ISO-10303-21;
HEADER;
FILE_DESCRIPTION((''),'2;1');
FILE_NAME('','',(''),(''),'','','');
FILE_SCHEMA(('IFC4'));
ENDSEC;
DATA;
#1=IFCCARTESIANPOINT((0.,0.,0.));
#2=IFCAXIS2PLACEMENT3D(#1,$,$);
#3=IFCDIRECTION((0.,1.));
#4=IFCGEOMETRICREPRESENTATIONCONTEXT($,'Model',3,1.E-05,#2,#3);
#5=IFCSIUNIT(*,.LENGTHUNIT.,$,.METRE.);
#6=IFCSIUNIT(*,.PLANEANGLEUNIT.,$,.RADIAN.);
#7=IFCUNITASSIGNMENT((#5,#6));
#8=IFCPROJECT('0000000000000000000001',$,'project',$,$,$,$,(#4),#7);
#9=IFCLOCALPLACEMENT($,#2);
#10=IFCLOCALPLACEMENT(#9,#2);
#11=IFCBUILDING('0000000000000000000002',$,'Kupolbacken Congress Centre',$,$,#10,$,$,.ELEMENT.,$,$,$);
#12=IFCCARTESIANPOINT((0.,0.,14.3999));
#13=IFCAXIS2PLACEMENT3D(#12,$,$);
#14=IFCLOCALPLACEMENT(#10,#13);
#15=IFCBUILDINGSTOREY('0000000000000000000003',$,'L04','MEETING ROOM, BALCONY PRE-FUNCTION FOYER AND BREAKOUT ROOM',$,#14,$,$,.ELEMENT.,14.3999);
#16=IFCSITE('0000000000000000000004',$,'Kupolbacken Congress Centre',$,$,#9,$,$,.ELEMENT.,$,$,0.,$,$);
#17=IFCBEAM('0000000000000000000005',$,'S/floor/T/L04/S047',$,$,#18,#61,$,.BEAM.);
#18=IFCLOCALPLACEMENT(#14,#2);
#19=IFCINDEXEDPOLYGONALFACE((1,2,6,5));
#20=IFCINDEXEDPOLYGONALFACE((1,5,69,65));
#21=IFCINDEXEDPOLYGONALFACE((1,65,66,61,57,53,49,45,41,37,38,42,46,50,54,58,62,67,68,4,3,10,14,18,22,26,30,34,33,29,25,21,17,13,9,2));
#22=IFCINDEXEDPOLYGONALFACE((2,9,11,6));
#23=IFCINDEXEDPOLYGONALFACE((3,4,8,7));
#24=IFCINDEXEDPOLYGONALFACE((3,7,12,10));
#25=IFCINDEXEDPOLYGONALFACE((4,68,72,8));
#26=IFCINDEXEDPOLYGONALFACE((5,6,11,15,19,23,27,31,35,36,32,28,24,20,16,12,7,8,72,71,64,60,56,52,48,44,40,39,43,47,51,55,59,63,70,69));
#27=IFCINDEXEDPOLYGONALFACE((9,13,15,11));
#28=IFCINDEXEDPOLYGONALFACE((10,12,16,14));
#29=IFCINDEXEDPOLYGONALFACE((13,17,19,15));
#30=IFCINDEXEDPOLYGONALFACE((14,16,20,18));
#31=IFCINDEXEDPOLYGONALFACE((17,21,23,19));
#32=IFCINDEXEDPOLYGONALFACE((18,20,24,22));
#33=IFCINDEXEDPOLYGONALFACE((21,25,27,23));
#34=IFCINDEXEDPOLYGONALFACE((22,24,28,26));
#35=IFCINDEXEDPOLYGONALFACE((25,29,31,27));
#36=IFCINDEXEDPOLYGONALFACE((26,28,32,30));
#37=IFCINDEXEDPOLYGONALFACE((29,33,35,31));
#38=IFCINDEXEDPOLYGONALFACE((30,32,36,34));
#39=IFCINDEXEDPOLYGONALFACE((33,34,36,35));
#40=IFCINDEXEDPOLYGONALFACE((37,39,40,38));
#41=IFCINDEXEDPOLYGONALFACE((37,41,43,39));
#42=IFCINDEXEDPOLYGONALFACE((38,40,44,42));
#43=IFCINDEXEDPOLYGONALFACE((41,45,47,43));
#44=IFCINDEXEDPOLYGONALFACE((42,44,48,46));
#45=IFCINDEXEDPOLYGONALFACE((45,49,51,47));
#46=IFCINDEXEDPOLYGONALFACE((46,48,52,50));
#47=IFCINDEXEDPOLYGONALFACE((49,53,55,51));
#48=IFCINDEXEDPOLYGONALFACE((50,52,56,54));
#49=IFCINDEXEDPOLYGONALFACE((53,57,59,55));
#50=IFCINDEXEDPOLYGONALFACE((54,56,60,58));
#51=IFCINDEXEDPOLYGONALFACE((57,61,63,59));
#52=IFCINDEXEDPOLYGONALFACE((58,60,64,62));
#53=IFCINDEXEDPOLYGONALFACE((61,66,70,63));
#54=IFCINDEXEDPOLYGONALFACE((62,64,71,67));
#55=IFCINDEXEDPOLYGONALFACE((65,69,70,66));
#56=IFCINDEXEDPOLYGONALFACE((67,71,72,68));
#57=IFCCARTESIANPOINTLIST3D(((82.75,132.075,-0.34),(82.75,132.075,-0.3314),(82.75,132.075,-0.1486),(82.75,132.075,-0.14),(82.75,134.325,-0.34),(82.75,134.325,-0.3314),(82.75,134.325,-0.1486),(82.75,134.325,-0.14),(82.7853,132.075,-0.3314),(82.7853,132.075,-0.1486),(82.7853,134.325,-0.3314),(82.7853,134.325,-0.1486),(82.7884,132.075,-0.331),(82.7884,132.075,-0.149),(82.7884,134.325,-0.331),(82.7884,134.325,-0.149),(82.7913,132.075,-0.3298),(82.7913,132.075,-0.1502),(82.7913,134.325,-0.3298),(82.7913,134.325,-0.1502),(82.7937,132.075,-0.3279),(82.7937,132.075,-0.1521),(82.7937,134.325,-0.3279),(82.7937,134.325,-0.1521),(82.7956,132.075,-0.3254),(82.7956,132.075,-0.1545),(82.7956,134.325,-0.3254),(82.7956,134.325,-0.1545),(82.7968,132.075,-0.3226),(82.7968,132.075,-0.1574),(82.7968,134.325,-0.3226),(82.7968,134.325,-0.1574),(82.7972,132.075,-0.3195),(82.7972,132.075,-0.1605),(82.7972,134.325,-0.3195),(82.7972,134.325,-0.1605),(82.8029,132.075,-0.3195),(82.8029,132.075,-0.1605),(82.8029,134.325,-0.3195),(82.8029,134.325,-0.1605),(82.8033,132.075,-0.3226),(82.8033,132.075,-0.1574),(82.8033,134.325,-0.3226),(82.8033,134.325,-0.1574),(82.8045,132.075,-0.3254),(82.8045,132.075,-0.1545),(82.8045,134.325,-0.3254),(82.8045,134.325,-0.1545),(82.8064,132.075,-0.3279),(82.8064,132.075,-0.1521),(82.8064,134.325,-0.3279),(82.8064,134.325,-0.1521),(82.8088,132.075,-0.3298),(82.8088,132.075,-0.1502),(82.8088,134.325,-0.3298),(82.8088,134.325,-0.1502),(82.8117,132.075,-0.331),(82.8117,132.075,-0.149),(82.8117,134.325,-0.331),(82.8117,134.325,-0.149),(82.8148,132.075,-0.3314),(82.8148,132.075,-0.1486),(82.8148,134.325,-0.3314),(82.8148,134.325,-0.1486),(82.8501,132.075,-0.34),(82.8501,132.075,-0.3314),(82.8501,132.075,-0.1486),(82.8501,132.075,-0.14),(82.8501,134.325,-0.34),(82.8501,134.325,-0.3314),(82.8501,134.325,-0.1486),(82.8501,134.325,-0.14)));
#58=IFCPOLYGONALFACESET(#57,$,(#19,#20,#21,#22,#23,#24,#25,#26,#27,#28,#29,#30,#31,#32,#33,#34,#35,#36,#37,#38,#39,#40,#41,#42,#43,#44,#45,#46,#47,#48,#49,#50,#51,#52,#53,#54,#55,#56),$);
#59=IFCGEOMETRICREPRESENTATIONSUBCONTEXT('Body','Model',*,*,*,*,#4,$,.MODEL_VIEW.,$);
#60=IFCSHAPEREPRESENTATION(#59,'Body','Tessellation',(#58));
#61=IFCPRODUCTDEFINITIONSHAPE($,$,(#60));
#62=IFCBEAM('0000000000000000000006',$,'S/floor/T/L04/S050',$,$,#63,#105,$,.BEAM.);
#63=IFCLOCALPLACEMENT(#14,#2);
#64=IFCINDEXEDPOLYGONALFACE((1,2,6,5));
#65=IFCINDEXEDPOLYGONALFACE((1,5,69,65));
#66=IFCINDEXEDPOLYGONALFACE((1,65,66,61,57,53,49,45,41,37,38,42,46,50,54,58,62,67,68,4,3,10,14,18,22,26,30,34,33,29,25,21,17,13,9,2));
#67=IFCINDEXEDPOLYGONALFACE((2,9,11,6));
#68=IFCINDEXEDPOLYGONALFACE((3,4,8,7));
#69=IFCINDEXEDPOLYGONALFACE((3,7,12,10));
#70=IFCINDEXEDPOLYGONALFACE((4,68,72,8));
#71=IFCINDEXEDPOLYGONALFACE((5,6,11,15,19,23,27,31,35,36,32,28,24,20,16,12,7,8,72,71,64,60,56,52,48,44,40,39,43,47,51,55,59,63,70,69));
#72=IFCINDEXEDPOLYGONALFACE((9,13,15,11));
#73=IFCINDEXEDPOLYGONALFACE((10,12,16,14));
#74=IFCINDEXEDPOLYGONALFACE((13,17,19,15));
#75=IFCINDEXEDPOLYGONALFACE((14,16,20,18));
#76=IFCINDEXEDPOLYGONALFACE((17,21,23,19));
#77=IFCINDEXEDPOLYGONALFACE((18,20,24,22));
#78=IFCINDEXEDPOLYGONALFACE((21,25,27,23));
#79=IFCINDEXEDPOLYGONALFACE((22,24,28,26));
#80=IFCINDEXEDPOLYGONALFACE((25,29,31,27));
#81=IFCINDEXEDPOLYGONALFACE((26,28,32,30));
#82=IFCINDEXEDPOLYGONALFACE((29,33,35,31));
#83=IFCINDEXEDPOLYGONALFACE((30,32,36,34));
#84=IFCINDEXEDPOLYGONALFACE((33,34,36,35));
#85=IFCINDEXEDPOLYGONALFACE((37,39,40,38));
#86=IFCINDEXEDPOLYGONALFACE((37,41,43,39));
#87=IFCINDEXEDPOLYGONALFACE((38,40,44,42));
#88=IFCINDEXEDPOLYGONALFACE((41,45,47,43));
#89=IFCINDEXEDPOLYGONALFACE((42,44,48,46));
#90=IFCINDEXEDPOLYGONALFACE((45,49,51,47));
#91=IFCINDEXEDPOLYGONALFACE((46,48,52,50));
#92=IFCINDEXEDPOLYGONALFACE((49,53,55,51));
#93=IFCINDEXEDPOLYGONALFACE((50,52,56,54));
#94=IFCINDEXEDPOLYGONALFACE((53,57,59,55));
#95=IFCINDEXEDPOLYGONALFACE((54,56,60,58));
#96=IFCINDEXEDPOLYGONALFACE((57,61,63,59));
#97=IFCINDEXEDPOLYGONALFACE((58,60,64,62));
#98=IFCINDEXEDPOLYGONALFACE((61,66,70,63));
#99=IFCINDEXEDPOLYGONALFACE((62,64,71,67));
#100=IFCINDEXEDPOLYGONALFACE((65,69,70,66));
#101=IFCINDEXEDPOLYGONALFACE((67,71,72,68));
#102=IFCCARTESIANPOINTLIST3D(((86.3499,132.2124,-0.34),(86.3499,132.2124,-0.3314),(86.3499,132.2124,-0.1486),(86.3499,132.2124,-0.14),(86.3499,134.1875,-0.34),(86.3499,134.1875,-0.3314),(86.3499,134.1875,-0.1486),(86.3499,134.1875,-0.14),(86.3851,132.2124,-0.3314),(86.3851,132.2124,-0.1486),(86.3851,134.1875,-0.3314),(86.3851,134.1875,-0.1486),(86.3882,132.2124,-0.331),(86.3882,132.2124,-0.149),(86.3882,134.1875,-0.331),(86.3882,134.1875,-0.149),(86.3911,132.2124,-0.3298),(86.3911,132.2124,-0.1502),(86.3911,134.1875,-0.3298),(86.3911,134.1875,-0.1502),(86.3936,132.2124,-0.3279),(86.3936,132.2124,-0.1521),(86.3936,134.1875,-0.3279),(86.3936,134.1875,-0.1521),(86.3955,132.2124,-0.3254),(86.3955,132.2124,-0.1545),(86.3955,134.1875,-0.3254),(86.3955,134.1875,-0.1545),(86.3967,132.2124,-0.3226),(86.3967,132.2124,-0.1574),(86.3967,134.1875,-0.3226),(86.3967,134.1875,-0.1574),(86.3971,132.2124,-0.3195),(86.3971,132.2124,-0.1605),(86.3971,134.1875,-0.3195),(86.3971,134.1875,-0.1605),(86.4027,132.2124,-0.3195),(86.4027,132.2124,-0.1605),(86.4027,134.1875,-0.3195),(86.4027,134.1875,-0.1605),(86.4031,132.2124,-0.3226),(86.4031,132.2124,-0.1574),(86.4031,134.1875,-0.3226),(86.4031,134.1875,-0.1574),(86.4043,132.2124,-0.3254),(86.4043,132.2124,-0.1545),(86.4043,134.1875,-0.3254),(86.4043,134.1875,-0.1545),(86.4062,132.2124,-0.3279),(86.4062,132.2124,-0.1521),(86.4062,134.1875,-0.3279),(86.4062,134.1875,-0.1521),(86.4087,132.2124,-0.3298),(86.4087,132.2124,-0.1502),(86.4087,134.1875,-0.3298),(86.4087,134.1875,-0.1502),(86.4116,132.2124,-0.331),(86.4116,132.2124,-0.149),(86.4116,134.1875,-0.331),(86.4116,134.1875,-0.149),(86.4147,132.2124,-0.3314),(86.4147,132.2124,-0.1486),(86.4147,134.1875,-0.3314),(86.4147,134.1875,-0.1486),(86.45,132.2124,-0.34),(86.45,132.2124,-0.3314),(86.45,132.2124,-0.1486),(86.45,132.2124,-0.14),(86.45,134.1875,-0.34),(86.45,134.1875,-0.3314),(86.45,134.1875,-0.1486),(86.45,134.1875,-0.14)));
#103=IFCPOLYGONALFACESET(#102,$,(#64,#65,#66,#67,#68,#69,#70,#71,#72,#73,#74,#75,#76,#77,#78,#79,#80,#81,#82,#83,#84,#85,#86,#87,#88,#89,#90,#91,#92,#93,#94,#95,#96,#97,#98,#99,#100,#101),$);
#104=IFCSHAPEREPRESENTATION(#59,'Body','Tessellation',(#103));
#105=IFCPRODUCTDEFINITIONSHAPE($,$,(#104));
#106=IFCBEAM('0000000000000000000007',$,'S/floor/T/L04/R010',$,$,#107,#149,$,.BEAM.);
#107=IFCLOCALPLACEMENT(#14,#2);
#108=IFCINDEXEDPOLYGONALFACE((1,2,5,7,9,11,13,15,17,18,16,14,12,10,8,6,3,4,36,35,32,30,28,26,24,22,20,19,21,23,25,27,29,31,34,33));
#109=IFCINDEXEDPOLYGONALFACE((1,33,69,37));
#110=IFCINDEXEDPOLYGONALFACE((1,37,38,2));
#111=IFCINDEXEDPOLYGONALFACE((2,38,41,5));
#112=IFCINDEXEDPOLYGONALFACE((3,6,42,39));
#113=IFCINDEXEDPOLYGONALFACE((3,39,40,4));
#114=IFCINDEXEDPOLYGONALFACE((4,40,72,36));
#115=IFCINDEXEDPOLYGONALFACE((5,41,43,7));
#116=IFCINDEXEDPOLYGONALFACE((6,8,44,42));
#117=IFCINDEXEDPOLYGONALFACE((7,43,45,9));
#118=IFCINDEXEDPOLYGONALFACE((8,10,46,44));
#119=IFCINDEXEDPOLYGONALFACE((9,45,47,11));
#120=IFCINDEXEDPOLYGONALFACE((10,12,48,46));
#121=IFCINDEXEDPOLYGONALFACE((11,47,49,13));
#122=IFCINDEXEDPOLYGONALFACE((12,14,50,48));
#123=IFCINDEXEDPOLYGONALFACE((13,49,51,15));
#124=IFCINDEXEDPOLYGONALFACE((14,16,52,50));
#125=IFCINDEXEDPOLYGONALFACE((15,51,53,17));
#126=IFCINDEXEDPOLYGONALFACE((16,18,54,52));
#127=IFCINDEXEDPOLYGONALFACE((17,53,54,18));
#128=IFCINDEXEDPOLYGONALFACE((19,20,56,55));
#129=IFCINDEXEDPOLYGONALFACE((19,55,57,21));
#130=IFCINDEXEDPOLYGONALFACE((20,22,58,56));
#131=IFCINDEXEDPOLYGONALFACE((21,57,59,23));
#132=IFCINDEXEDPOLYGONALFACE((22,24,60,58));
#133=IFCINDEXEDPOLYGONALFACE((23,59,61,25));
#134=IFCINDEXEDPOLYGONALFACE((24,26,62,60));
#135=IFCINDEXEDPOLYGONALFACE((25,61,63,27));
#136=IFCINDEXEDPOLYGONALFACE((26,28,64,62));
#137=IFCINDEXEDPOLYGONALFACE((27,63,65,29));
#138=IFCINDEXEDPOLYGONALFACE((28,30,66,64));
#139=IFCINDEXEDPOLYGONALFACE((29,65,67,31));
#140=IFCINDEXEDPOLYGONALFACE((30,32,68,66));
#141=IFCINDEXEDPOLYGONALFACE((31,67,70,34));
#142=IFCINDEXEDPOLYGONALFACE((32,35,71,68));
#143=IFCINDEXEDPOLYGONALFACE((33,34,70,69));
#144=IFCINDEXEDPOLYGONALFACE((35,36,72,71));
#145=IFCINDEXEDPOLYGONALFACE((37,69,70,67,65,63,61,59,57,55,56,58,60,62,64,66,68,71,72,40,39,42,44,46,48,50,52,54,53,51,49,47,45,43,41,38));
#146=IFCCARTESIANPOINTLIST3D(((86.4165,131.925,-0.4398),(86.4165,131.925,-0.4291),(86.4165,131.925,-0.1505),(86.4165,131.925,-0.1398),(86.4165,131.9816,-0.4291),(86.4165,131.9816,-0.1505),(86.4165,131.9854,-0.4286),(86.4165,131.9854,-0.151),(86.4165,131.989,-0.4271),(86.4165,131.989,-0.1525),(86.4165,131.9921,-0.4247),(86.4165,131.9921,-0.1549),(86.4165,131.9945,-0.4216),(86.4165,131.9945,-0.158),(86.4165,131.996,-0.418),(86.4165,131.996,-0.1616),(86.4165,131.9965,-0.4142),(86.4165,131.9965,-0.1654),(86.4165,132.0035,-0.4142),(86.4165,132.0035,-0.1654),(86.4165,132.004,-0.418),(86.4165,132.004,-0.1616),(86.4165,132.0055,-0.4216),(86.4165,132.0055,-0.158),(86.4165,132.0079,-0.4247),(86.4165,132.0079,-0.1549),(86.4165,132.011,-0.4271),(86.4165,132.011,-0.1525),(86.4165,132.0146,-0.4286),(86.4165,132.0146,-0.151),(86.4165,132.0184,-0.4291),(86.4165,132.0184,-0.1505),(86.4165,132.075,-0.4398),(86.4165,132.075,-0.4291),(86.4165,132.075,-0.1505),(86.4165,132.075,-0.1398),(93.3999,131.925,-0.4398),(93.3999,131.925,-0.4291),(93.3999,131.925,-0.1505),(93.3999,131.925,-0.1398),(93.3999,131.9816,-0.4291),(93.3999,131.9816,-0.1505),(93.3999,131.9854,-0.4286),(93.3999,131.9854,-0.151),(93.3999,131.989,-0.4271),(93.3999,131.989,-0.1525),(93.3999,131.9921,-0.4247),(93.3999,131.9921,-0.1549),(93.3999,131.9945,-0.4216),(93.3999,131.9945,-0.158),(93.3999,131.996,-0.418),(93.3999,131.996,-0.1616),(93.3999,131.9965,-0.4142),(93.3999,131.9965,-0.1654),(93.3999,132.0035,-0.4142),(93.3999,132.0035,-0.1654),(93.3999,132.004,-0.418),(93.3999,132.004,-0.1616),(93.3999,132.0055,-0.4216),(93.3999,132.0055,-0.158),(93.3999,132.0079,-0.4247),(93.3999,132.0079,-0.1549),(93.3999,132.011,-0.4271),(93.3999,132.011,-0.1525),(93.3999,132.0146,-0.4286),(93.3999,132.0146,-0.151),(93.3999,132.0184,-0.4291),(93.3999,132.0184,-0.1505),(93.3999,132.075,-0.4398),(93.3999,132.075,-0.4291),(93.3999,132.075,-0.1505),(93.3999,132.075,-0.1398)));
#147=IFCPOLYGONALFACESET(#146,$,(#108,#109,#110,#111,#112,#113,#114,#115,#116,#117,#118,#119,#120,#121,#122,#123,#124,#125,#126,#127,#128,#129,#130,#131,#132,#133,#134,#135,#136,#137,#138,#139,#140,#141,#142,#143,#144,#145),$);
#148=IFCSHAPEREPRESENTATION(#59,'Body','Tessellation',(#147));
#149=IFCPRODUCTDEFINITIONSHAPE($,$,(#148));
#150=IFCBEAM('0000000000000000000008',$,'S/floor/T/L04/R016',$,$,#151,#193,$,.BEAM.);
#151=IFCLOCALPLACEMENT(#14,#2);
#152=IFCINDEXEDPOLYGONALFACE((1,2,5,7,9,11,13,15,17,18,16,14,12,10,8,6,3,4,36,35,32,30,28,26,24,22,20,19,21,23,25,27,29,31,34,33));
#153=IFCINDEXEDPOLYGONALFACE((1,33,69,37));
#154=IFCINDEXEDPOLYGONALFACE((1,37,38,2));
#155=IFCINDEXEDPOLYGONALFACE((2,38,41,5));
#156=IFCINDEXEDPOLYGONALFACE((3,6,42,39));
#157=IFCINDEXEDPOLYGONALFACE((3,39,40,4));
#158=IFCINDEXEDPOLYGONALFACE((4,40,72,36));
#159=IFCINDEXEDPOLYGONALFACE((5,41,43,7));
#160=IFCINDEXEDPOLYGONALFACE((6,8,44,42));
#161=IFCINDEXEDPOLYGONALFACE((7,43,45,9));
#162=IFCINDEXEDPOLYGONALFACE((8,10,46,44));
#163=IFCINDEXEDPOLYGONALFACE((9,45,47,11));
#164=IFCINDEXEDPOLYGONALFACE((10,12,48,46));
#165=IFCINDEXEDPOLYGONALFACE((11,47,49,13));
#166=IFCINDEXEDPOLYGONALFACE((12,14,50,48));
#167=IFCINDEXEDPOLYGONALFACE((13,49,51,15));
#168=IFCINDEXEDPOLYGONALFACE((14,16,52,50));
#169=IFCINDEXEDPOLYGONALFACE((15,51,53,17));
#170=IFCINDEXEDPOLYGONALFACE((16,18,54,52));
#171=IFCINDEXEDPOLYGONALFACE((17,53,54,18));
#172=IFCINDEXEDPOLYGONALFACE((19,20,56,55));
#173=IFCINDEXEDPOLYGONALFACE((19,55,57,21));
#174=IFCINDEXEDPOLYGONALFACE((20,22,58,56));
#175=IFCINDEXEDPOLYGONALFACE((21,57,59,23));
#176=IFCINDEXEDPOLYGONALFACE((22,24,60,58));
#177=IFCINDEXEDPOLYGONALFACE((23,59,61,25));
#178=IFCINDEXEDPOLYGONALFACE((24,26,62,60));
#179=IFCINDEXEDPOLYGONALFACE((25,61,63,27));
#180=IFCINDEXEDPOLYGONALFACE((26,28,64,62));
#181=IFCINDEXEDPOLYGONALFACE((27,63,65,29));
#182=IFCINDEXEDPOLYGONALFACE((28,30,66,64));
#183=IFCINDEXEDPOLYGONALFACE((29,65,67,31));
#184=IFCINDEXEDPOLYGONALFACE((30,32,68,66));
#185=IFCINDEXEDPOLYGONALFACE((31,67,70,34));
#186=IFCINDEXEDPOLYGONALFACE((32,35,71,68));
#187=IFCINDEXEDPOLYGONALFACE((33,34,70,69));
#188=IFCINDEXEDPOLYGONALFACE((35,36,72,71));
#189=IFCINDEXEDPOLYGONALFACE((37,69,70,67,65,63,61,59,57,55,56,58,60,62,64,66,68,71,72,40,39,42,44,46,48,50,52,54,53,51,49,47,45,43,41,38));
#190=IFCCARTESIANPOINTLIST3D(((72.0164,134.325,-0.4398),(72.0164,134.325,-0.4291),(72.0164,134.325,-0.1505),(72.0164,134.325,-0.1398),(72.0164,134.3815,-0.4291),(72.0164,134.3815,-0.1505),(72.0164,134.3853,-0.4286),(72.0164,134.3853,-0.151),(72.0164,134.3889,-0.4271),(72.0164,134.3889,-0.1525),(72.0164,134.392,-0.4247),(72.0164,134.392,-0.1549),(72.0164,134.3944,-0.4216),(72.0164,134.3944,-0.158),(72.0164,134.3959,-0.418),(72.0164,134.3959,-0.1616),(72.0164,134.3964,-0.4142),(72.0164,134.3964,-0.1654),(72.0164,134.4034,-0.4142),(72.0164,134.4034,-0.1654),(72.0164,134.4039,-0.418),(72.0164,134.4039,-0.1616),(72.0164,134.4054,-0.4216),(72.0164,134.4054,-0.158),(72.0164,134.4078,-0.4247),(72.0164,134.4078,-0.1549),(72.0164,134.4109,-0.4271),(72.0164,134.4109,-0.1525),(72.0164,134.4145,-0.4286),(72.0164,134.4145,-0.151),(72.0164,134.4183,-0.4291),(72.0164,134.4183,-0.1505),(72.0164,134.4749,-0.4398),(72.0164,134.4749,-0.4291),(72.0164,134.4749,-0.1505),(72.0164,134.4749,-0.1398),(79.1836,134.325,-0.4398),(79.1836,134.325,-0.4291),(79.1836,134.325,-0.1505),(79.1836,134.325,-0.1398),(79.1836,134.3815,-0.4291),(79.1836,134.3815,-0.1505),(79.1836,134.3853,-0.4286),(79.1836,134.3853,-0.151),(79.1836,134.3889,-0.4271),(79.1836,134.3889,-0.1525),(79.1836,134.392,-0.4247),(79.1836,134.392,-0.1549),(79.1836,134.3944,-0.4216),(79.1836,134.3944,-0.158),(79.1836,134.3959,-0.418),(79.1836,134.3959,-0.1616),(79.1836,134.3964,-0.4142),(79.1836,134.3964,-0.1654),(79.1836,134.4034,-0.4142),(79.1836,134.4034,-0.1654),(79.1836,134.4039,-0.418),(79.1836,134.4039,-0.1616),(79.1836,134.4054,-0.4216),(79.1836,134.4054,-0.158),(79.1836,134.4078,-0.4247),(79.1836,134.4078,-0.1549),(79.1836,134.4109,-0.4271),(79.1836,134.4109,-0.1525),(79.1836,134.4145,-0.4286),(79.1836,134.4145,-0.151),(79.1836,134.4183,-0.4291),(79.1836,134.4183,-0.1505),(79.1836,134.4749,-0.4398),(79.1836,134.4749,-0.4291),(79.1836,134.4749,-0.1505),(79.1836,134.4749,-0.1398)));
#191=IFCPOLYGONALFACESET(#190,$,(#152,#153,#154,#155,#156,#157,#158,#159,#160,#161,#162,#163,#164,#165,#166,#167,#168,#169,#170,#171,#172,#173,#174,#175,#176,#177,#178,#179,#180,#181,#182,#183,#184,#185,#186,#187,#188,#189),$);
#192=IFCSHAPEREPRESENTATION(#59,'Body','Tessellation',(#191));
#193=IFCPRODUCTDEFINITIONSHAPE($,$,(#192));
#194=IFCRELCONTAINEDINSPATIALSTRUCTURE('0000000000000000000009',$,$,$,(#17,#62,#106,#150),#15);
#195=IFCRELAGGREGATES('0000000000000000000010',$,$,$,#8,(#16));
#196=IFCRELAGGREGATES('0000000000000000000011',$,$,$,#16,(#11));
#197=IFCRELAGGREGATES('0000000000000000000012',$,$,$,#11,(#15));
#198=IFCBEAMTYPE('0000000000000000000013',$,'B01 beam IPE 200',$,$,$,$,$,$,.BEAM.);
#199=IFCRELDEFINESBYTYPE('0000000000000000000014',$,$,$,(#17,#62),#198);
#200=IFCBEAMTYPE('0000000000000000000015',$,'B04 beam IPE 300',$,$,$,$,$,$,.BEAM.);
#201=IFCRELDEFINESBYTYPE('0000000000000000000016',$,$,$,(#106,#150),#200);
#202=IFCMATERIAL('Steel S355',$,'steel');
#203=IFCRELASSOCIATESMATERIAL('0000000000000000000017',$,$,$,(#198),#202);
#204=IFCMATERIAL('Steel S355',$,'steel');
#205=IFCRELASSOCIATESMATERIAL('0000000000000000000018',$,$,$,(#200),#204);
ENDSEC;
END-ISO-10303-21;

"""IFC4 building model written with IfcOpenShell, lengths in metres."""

from ifc_helpers import new_model, si_unit, direction, frame, origin, origin_2d, place, context, subcontext, project, spatial, i_section, extrude, material, material_profile, profile_set, type_object, element, save


model = new_model("IFC4")

# Units and contexts
model_context = context("Model", 3, precision=1e-05, world=origin(), true_north=direction((0.0, 1.0)))
body_context = subcontext(model_context, "Body", "Model", "MODEL_VIEW")
ifc_project = project(units=[si_unit("LENGTHUNIT", "METRE"), si_unit("PLANEANGLEUNIT", "RADIAN")], contexts=[model_context])

# Site, building, storey
site_placement = place(None, origin())
site = spatial("IfcSite", under=ifc_project, at=site_placement, Name="Kupolbacken Congress Centre", CompositionType="ELEMENT", RefElevation=0.0)
building_placement = place(site_placement, origin())
building = spatial("IfcBuilding", under=site, at=building_placement, Name="Kupolbacken Congress Centre", CompositionType="ELEMENT")
storey_placement = place(building_placement, frame((0.0, 0.0, 14.3999)))
storey = spatial("IfcBuildingStorey", under=building, at=storey_placement, Name="L04", Description="MEETING ROOM, BALCONY PRE-FUNCTION FOYER AND BREAKOUT ROOM", CompositionType="ELEMENT", Elevation=14.3999)

# Beams
ifc_material_1 = material(Name="Steel S355", Category="steel")
ifc_material_profile_1 = material_profile(ifc_material_1, i_section(OverallWidth=0.1001, OverallDepth=0.2, WebThickness=0.0056, FlangeThickness=0.0085, FilletRadius=0.012, at=origin_2d()), Name="IPE 200")
ifc_profile_set_1 = profile_set([ifc_material_profile_1], Name="Steel S355")
beam_type_1 = type_object("IfcBeamType", Name="B01 beam IPE 200", PredefinedType="BEAM", material=ifc_profile_set_1)
beam_1_placement = place(storey_placement, frame((82.8, 132.075, -0.24), z_axis=(0.0, 1.0, 0.0), x_axis=(-1.0, 0.0, 0.0)))
element("IfcBeam", 1, at=beam_1_placement, inside=storey, type_object=beam_type_1, Name="S/floor/T/L04/S047", PredefinedType="BEAM", context=body_context, shape_type="SweptSolid", body=[
    extrude(i_section(OverallWidth=0.1001, OverallDepth=0.2, WebThickness=0.0056, FlangeThickness=0.0085, FilletRadius=0.012, at=origin_2d()), origin(), (0.0, 0.0, 1.0), 2.25),
])
beam_2_placement = place(storey_placement, frame((86.3999, 132.2124, -0.24), z_axis=(0.0, 1.0, 0.0), x_axis=(-1.0, 0.0, 0.0)))
element("IfcBeam", 2, at=beam_2_placement, inside=storey, type_object=beam_type_1, Name="S/floor/T/L04/S050", PredefinedType="BEAM", context=body_context, shape_type="SweptSolid", body=[
    extrude(i_section(OverallWidth=0.1001, OverallDepth=0.2, WebThickness=0.0056, FlangeThickness=0.0085, FilletRadius=0.012, at=origin_2d()), origin(), (0.0, 0.0, 1.0), 1.9751),
])
ifc_material_2 = material(Name="Steel S355", Category="steel")
ifc_material_profile_2 = material_profile(ifc_material_2, i_section(OverallWidth=0.1499, OverallDepth=0.3, WebThickness=0.0071, FlangeThickness=0.0107, FilletRadius=0.0149, at=origin_2d()), Name="IPE 300")
ifc_profile_set_2 = profile_set([ifc_material_profile_2], Name="Steel S355")
beam_type_2 = type_object("IfcBeamType", Name="B04 beam IPE 300", PredefinedType="BEAM", material=ifc_profile_set_2)
beam_3_placement = place(storey_placement, frame((86.4165, 132.0, -0.2898), z_axis=(1.0, 0.0, 0.0), x_axis=(0.0, 1.0, 0.0)))
element("IfcBeam", 3, at=beam_3_placement, inside=storey, type_object=beam_type_2, Name="S/floor/T/L04/R010", PredefinedType="BEAM", context=body_context, shape_type="SweptSolid", body=[
    extrude(i_section(OverallWidth=0.1499, OverallDepth=0.3, WebThickness=0.0071, FlangeThickness=0.0107, FilletRadius=0.0149, at=origin_2d()), origin(), (0.0, 0.0, 1.0), 6.9834),
])
for number, where, z_axis, x_axis, name in (
    (4, (72.0164, 134.3999, -0.2898), (1.0, 0.0, 0.0), (0.0, 1.0, 0.0), "S/floor/T/L04/R016"),
):
    element("IfcBeam", number, at=place(storey_placement, frame(where, z_axis=z_axis, x_axis=x_axis)), inside=storey, type_object=beam_type_2, Name=name, PredefinedType="BEAM", context=body_context, shape_type="SweptSolid", body=[
        extrude(i_section(OverallWidth=0.1499, OverallDepth=0.3, WebThickness=0.0071, FlangeThickness=0.0107, FilletRadius=0.0149, at=origin_2d()), origin(), (0.0, 0.0, 1.0), 7.1672),
    ])

save(model, "model.ifc")
